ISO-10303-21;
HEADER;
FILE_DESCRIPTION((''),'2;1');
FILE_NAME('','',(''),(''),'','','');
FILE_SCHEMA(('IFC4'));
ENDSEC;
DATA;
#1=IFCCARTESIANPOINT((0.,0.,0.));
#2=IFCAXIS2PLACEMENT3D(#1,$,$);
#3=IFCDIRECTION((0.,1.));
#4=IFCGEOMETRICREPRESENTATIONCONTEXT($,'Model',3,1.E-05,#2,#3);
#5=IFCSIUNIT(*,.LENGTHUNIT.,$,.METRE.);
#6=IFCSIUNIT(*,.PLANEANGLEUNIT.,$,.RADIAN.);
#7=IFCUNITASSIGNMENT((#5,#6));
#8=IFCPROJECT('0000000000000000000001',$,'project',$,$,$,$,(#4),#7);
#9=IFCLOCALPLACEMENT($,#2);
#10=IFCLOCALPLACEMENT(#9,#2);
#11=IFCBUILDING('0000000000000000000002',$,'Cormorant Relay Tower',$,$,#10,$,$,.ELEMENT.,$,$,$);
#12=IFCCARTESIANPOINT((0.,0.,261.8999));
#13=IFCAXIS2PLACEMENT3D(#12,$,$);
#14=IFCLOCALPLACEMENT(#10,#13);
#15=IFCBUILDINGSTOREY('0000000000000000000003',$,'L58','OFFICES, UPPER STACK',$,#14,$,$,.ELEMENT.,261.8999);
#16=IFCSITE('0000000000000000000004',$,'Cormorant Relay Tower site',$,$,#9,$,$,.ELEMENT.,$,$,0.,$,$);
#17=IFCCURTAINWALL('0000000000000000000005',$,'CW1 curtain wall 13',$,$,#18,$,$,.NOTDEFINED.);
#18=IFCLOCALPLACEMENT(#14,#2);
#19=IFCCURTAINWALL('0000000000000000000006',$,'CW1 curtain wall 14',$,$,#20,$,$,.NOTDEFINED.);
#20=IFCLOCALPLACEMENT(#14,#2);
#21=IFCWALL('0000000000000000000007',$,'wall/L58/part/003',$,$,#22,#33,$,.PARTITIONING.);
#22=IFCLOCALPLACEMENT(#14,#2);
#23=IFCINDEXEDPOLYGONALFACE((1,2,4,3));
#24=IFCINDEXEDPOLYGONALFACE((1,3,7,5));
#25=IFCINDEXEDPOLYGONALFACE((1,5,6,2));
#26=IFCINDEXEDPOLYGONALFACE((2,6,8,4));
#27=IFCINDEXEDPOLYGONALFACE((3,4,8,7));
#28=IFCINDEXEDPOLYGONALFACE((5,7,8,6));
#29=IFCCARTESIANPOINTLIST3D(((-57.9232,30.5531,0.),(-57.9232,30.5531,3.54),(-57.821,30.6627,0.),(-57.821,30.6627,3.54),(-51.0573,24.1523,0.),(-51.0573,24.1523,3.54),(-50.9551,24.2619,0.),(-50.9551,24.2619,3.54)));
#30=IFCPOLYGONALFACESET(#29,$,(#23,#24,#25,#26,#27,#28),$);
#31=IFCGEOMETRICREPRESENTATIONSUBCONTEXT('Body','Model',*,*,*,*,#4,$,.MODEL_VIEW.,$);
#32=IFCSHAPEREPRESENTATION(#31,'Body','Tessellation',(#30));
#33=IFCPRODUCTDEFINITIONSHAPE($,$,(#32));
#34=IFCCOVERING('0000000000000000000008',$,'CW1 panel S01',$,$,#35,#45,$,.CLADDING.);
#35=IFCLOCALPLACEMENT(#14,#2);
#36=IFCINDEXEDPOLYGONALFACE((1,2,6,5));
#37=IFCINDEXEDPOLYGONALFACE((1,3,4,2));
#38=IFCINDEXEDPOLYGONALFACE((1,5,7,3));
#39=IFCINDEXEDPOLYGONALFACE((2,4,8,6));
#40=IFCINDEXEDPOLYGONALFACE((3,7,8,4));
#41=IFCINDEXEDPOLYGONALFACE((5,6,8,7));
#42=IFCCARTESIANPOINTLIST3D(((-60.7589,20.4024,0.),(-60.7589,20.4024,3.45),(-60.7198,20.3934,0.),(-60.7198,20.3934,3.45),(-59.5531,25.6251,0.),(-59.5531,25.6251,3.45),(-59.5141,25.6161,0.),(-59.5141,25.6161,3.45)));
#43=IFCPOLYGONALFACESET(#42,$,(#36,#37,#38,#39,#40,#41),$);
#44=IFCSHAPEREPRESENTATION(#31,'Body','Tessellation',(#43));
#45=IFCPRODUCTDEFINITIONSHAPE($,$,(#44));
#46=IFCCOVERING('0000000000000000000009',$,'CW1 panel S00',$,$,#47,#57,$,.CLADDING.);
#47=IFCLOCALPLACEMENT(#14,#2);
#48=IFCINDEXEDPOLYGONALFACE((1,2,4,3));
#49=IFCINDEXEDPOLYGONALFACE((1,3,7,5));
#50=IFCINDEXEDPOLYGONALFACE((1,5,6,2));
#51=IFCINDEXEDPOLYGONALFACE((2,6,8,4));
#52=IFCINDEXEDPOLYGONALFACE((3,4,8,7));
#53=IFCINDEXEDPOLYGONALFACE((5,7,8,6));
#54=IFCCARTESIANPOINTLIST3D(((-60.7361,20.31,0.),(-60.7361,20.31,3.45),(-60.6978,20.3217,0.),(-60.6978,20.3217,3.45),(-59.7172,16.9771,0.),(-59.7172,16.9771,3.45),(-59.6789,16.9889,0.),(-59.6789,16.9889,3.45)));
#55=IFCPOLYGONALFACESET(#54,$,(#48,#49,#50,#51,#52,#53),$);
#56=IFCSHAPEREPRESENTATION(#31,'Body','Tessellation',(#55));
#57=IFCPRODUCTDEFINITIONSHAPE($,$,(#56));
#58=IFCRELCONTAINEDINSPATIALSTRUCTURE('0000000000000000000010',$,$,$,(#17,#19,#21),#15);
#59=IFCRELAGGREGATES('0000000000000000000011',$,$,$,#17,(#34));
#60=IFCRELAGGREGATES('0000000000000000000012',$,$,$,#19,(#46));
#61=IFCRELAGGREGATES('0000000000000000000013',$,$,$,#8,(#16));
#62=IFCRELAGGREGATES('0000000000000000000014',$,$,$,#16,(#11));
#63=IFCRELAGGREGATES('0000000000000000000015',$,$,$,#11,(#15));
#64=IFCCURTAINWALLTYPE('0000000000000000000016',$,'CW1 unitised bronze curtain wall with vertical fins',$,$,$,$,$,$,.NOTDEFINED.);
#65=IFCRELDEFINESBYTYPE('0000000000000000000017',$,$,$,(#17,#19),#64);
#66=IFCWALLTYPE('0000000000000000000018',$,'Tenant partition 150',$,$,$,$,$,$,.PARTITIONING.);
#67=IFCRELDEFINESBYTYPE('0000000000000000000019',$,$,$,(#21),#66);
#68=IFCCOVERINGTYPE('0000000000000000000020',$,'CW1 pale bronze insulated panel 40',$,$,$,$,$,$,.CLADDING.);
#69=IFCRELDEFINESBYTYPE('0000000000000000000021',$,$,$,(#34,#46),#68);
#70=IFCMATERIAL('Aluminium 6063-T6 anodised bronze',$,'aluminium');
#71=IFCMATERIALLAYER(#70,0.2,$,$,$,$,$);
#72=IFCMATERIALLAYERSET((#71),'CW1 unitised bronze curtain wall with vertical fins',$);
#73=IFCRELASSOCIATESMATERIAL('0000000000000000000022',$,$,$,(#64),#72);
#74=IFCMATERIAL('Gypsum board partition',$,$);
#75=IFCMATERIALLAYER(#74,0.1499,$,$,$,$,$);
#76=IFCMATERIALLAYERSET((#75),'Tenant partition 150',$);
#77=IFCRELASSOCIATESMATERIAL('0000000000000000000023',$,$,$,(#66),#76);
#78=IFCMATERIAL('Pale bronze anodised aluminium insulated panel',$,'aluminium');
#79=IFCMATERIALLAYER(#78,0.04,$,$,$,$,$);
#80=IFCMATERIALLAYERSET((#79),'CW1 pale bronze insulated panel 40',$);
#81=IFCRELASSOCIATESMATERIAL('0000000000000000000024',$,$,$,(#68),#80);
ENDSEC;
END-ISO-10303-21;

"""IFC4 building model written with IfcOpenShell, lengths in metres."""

from ifc_helpers import new_model, si_unit, direction, frame, frame_2d, origin, origin_2d, place, context, subcontext, project, spatial, rectangle, extrude, material, layer, layer_set, type_object, element, aggregate, save


model = new_model("IFC4")

# Units and contexts
model_context = context("Model", 3, precision=1e-05, world=origin(), true_north=direction((0.0, 1.0)))
body_context = subcontext(model_context, "Body", "Model", "MODEL_VIEW")
ifc_project = project(units=[si_unit("LENGTHUNIT", "METRE"), si_unit("PLANEANGLEUNIT", "RADIAN")], contexts=[model_context])

# Site, building, storey
site_placement = place(None, origin())
site = spatial("IfcSite", under=ifc_project, at=site_placement, Name="Cormorant Relay Tower site", CompositionType="ELEMENT", RefElevation=0.0)
building_placement = place(site_placement, origin())
building = spatial("IfcBuilding", under=site, at=building_placement, Name="Cormorant Relay Tower", CompositionType="ELEMENT")
storey_placement = place(building_placement, frame((0.0, 0.0, 261.8999)))
storey = spatial("IfcBuildingStorey", under=building, at=storey_placement, Name="L58", Description="OFFICES, UPPER STACK", CompositionType="ELEMENT", Elevation=261.8999)

# Curtain walls
ifc_material_1 = material(Name="Aluminium 6063-T6 anodised bronze", Category="aluminium")
ifc_layer_1 = layer(ifc_material_1, 0.2)
ifc_layer_set_1 = layer_set([ifc_layer_1], Name="CW1 unitised bronze curtain wall with vertical fins")
curtain_wall_type = type_object("IfcCurtainWallType", Name="CW1 unitised bronze curtain wall with vertical fins", PredefinedType="NOTDEFINED", material=ifc_layer_set_1)
curtain_wall_1_placement = place(storey_placement, origin())
curtain_wall_1 = element("IfcCurtainWall", 1, at=curtain_wall_1_placement, inside=storey, type_object=curtain_wall_type, Name="CW1 curtain wall 13", PredefinedType="NOTDEFINED")
curtain_wall_2_placement = place(storey_placement, origin())
curtain_wall_2 = element("IfcCurtainWall", 2, at=curtain_wall_2_placement, inside=storey, type_object=curtain_wall_type, Name="CW1 curtain wall 14", PredefinedType="NOTDEFINED")

# Wall
ifc_material_2 = material(Name="Gypsum board partition")
ifc_layer_2 = layer(ifc_material_2, 0.1499)
ifc_layer_set_2 = layer_set([ifc_layer_2], Name="Tenant partition 150")
wall_type_1 = type_object("IfcWallType", Name="Tenant partition 150", PredefinedType="PARTITIONING", material=ifc_layer_set_2)
wall_1_placement = place(storey_placement, frame((-57.8721, 30.6079, 0.0), z_axis=(0.0, 0.0, 1.0), x_axis=(0.731446, -0.681899, 0.0)))
element("IfcWall", 3, at=wall_1_placement, inside=storey, type_object=wall_type_1, Name="wall/L58/part/003", PredefinedType="PARTITIONING", context=body_context, shape_type="SweptSolid", body=[
    extrude(rectangle(XDim=9.3867, YDim=0.1499, at=frame_2d((4.6934, 0.0))), origin(), (0.0, 0.0, 1.0), 3.54),
])

# Coverings
ifc_material_3 = material(Name="Pale bronze anodised aluminium insulated panel", Category="aluminium")
ifc_layer_3 = layer(ifc_material_3, 0.04)
ifc_layer_set_3 = layer_set([ifc_layer_3], Name="CW1 pale bronze insulated panel 40")
covering_type = type_object("IfcCoveringType", Name="CW1 pale bronze insulated panel 40", PredefinedType="CLADDING", material=ifc_layer_set_3)
covering_1_placement = place(storey_placement, frame((-60.1365, 23.0093, 0.0), z_axis=(0.0, 0.0, 1.0), x_axis=(-0.224951, -0.97437, 0.0)))
covering_1 = element("IfcCovering", 4, at=covering_1_placement, type_object=covering_type, Name="CW1 panel S01", PredefinedType="CLADDING", context=body_context, shape_type="SweptSolid", body=[
    extrude(rectangle(XDim=5.3601, YDim=0.04, at=origin_2d()), origin(), (0.0, 0.0, 1.0), 3.45),
])
aggregate(curtain_wall_1, [covering_1])
covering_2_placement = place(storey_placement, frame((-60.2075, 18.6494, 0.0), z_axis=(0.0, 0.0, 1.0), x_axis=(0.292372, -0.956305, 0.0)))
covering_2 = element("IfcCovering", 5, at=covering_2_placement, type_object=covering_type, Name="CW1 panel S00", PredefinedType="CLADDING", context=body_context, shape_type="SweptSolid", body=[
    extrude(rectangle(XDim=3.4851, YDim=0.04, at=origin_2d()), origin(), (0.0, 0.0, 1.0), 3.45),
])
aggregate(curtain_wall_2, [covering_2])

save(model, "model.ifc")
